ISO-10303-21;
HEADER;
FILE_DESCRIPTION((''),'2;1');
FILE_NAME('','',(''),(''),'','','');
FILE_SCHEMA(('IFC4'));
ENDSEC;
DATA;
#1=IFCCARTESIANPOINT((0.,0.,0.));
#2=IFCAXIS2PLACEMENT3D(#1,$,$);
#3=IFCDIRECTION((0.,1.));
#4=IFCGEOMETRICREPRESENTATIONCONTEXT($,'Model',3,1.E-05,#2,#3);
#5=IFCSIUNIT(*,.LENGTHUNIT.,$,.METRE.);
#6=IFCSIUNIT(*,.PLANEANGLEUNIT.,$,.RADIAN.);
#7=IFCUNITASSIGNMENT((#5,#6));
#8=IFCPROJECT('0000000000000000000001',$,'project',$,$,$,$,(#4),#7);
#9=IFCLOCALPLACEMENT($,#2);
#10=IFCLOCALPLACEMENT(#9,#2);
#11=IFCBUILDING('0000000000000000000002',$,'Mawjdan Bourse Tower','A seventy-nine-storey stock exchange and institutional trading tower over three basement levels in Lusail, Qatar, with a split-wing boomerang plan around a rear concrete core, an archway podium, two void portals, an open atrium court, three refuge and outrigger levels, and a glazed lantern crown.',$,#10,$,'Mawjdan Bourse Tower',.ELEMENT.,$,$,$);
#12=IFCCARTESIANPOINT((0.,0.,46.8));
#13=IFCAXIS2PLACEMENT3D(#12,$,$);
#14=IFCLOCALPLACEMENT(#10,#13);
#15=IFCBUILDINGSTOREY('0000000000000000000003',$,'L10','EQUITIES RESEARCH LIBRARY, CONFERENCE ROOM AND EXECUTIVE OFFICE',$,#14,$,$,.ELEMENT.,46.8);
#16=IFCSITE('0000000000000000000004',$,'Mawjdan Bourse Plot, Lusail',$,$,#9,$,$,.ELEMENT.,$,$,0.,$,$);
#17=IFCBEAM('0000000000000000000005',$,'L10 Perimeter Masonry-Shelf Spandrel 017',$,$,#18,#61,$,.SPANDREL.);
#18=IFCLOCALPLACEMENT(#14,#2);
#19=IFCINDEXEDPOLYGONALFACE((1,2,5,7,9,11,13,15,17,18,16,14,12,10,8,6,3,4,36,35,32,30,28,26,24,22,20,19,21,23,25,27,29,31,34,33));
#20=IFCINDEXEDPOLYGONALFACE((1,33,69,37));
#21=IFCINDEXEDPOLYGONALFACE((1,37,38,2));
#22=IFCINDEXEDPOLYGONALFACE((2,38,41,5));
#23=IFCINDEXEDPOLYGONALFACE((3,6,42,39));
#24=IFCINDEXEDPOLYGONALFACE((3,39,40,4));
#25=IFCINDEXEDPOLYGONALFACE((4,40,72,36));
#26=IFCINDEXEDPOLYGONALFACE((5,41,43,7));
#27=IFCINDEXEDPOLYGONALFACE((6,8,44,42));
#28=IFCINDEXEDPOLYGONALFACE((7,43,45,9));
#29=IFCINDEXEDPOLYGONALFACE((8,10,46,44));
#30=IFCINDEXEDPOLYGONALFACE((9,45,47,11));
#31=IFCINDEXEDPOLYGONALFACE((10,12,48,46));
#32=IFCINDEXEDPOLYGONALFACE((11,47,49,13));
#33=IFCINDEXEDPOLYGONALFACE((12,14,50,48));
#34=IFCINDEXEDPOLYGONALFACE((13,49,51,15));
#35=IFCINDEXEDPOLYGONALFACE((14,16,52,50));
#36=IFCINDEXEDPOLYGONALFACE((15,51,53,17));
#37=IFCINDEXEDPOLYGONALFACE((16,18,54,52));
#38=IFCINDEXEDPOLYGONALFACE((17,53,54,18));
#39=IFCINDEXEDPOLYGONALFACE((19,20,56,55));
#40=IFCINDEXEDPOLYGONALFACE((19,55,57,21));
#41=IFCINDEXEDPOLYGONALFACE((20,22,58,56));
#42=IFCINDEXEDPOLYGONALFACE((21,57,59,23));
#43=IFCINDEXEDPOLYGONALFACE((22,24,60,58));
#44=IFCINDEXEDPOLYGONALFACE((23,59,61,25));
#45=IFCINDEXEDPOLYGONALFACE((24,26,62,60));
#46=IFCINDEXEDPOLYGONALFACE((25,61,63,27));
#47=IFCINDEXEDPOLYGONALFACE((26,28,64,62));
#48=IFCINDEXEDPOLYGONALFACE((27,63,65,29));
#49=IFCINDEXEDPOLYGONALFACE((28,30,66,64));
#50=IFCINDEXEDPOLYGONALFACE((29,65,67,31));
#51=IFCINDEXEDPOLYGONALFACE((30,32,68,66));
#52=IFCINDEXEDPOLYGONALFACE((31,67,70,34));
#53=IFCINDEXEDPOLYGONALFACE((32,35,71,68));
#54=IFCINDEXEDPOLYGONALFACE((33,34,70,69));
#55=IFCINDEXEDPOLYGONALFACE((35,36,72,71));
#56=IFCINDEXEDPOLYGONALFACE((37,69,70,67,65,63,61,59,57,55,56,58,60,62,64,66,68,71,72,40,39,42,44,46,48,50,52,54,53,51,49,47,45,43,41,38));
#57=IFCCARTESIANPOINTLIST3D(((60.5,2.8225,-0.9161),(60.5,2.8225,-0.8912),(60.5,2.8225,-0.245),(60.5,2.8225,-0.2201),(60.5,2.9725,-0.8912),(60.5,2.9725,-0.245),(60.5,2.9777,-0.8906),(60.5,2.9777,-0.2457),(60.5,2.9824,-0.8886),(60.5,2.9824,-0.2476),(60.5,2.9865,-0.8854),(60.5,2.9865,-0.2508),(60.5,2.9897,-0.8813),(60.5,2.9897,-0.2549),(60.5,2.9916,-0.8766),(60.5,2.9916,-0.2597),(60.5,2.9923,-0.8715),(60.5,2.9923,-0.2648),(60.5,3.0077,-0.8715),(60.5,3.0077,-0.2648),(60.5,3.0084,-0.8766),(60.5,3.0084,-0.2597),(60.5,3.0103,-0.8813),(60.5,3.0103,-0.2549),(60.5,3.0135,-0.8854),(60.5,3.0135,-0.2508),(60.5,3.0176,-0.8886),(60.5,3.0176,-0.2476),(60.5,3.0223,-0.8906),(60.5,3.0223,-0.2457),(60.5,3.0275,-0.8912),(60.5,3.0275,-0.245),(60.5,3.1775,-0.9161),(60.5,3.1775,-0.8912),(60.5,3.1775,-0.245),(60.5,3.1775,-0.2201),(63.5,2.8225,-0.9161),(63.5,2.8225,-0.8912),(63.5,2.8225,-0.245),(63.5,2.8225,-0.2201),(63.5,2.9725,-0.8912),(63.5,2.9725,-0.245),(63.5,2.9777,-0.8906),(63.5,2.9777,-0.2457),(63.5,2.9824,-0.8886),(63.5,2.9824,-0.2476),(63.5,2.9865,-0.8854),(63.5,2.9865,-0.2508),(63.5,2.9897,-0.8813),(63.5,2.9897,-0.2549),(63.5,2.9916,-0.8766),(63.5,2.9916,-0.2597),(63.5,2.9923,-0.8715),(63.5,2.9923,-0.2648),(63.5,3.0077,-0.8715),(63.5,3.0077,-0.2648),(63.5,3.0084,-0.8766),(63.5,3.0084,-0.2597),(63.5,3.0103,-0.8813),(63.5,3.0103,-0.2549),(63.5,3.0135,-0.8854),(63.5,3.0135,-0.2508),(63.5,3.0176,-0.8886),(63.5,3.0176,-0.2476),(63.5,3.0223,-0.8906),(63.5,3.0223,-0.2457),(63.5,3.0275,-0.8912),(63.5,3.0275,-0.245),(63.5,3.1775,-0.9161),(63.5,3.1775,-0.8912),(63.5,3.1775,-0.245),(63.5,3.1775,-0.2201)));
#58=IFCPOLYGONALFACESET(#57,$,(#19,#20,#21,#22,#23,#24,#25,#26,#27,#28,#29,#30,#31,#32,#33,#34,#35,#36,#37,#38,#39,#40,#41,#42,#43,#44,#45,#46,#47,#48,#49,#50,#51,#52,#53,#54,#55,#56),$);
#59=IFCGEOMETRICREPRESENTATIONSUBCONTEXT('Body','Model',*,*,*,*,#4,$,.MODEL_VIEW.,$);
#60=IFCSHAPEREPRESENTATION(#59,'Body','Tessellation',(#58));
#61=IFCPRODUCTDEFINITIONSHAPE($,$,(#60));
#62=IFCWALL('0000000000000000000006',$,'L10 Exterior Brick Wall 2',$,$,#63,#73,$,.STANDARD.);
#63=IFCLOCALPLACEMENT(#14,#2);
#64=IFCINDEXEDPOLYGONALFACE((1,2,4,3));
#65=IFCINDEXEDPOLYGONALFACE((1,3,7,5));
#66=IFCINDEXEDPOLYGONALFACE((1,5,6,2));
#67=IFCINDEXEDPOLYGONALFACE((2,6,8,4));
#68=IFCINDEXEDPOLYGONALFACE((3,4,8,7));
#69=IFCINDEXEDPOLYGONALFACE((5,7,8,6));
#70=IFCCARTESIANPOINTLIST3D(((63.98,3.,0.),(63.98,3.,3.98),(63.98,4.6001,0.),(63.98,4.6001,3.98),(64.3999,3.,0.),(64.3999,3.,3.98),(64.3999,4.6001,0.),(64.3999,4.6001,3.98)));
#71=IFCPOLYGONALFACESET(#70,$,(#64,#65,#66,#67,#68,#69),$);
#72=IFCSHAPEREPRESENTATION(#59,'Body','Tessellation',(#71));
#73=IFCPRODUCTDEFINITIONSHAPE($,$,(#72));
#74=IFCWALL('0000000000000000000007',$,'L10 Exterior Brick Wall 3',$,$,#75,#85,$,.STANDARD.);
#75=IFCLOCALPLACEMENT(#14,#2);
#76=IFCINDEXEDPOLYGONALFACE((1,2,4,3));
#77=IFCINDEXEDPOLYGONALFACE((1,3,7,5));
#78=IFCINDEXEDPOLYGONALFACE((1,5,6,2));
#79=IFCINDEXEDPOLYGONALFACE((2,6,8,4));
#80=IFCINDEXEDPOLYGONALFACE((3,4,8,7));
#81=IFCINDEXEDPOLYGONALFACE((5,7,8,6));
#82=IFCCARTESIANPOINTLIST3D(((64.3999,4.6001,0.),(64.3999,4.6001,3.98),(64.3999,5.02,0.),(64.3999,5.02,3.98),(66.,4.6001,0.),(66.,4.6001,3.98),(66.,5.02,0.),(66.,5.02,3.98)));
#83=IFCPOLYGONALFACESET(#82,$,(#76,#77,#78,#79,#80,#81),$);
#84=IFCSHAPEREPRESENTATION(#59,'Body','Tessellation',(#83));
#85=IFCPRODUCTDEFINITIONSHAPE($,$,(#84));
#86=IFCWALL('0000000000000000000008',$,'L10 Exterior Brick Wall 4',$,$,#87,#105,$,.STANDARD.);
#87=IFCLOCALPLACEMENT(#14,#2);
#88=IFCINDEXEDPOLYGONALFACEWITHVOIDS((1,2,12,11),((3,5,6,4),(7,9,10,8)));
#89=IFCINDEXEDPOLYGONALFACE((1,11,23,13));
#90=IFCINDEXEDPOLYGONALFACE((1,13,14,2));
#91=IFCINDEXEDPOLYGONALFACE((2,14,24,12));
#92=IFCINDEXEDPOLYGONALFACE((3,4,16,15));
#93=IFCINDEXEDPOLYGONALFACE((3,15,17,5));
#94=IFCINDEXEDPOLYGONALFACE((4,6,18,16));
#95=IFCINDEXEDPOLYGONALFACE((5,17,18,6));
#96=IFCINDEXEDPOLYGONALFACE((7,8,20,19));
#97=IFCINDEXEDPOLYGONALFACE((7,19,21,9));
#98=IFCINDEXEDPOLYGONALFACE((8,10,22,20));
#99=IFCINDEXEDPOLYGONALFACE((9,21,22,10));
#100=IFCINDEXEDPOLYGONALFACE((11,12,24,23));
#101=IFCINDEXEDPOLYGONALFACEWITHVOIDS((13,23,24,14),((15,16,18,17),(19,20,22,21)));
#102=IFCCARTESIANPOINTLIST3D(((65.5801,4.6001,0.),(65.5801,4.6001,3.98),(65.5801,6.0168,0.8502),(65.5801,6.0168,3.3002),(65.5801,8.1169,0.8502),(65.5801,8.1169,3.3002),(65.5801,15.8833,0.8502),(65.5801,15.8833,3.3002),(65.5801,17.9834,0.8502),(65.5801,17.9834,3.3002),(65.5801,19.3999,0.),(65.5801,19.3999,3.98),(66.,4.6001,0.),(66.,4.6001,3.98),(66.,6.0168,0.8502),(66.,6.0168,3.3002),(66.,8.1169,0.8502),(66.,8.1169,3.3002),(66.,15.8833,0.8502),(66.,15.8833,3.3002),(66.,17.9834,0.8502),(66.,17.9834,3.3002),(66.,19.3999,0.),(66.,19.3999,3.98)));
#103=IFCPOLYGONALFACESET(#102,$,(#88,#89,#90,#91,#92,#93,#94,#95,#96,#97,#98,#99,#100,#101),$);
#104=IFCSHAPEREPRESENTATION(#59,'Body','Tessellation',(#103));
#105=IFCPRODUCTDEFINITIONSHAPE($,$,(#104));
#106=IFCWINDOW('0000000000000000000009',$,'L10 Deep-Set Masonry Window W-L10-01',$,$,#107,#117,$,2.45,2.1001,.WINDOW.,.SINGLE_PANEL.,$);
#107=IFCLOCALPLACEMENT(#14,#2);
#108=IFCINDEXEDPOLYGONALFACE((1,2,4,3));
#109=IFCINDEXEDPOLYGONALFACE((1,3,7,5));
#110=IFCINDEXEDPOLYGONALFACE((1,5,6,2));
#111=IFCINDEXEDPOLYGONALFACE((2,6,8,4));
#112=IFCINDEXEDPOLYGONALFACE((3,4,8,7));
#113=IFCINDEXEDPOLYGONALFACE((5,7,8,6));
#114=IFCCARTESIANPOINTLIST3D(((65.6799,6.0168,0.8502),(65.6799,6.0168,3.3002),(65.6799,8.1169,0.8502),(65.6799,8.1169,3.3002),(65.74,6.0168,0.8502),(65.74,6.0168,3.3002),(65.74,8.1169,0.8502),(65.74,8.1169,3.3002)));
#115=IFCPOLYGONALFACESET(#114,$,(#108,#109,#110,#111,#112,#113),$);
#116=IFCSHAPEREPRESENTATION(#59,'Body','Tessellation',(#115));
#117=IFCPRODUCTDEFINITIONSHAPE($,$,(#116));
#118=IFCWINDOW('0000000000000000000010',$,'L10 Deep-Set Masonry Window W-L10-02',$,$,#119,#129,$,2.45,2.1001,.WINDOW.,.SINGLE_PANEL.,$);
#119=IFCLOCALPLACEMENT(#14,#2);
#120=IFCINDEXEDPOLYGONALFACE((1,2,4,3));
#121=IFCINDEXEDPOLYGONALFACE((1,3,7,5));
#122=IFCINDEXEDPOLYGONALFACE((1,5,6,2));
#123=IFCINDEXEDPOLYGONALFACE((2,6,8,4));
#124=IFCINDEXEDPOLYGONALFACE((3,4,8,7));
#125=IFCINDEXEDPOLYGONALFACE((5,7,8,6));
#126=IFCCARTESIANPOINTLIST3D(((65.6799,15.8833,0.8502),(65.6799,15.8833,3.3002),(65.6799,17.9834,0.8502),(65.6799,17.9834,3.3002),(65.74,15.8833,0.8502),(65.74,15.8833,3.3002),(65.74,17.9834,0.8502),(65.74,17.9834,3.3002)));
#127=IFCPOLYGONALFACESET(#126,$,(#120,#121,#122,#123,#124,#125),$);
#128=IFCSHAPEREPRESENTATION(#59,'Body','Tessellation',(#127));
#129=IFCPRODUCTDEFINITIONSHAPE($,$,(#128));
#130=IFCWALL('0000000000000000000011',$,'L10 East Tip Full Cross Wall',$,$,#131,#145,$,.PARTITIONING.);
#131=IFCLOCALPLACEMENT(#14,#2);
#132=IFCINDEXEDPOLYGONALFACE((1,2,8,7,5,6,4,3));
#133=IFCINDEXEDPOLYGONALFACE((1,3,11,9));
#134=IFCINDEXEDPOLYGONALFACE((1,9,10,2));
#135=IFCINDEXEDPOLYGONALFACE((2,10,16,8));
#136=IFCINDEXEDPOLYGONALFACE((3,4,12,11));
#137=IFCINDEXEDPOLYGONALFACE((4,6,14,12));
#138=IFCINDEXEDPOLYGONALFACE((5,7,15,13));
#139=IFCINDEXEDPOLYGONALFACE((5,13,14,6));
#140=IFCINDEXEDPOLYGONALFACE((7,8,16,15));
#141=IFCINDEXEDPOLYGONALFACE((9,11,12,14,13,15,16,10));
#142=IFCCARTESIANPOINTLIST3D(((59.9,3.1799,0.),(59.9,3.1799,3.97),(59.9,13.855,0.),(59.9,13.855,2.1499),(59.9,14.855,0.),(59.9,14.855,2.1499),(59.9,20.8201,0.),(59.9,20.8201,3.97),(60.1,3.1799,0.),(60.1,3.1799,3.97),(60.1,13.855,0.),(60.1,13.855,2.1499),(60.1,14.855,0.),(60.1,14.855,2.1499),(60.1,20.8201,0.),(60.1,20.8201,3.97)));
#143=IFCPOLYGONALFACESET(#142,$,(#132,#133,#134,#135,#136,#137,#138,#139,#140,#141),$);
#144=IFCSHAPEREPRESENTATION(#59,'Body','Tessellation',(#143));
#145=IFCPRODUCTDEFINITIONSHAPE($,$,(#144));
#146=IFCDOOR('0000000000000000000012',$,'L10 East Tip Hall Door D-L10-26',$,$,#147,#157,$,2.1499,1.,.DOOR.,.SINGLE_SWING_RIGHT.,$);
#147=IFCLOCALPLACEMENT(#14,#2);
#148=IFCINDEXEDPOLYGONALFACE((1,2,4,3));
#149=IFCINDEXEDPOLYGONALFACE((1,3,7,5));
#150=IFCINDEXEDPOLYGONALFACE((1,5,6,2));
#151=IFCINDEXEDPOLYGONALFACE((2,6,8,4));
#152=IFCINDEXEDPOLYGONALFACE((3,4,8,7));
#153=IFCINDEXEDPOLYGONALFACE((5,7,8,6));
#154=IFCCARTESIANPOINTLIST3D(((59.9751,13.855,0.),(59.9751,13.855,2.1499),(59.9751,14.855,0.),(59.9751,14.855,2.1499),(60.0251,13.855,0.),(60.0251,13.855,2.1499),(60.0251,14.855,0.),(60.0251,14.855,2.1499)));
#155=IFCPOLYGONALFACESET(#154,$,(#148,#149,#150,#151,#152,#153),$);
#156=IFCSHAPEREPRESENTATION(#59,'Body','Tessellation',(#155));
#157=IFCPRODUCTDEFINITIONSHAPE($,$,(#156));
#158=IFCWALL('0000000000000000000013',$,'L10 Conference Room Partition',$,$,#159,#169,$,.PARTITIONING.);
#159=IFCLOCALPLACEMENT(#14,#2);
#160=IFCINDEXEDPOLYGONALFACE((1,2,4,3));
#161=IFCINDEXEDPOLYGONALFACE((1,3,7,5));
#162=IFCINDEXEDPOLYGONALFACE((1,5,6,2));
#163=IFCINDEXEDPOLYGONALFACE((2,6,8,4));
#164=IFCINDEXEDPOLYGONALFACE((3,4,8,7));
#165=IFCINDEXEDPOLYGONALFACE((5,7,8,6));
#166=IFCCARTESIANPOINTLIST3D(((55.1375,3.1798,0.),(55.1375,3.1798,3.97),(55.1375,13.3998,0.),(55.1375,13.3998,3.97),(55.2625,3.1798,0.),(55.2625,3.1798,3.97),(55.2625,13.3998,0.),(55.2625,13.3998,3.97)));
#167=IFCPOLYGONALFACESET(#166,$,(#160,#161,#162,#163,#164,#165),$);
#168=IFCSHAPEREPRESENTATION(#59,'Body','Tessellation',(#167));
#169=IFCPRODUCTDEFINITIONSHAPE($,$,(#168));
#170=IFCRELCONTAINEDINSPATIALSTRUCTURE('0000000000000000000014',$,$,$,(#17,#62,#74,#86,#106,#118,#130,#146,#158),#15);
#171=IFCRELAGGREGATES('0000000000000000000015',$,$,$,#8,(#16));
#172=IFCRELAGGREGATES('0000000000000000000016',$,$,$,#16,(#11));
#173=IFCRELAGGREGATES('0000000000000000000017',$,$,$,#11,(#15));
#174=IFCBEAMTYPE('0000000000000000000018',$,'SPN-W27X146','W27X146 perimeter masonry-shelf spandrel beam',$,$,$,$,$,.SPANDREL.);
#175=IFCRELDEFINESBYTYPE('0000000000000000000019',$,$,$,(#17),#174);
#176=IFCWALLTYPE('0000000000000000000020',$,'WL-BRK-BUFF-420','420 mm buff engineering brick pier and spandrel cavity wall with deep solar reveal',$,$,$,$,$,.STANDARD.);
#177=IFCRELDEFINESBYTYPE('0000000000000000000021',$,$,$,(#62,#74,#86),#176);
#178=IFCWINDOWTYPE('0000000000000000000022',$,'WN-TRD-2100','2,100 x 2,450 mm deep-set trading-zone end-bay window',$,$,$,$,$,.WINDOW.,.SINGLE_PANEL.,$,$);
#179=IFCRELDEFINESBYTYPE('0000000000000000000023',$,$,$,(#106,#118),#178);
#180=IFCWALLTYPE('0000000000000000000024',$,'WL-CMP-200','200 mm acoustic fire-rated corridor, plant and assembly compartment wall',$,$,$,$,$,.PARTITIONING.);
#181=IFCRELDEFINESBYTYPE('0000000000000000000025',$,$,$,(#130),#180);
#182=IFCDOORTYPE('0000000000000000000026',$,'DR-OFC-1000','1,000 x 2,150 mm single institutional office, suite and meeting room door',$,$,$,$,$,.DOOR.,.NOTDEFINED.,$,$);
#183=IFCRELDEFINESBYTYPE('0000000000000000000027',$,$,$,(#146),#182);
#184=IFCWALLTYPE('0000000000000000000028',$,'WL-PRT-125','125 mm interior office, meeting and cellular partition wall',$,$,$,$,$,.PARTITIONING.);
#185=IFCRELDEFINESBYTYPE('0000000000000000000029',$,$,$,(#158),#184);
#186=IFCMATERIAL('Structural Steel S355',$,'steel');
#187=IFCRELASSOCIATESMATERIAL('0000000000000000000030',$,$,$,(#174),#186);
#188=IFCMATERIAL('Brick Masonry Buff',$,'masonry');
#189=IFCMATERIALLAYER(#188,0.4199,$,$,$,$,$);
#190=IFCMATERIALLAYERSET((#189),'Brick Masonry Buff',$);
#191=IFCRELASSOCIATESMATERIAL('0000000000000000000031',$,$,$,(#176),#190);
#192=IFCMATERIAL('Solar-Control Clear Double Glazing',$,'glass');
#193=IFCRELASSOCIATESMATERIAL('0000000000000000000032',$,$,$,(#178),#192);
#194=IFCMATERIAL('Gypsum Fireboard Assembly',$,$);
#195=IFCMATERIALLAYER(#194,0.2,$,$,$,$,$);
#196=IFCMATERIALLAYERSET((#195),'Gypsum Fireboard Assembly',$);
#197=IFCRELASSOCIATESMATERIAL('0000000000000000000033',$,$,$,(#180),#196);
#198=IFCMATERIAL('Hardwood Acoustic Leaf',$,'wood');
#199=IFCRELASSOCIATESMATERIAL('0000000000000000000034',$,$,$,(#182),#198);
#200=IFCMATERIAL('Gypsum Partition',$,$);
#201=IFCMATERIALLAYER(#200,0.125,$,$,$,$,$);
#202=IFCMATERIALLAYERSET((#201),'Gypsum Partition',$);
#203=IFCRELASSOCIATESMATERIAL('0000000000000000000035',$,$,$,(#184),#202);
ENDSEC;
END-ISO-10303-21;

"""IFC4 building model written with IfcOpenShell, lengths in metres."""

from ifc_helpers import new_model, si_unit, direction, frame, frame_2d, origin, origin_2d, place, context, subcontext, project, spatial, rectangle, i_section, extrude, material, layer, layer_set, material_profile, profile_set, type_object, element, fill, save


model = new_model("IFC4")

# Units and contexts
model_context = context("Model", 3, precision=1e-05, world=origin(), true_north=direction((0.0, 1.0)))
body_context = subcontext(model_context, "Body", "Model", "MODEL_VIEW")
ifc_project = project(units=[si_unit("LENGTHUNIT", "METRE"), si_unit("PLANEANGLEUNIT", "RADIAN")], contexts=[model_context])

# Site, building, storey
site_placement = place(None, origin())
site = spatial("IfcSite", under=ifc_project, at=site_placement, Name="Mawjdan Bourse Plot, Lusail", CompositionType="ELEMENT", RefElevation=0.0)
building_placement = place(site_placement, origin())
building = spatial("IfcBuilding", under=site, at=building_placement, Name="Mawjdan Bourse Tower", Description="A seventy-nine-storey stock exchange and institutional trading tower over three basement levels in Lusail, Qatar, with a split-wing boomerang plan around a rear concrete core, an archway podium, two void portals, an open atrium court, three refuge and outrigger levels, and a glazed lantern crown.", LongName="Mawjdan Bourse Tower", CompositionType="ELEMENT")
storey_placement = place(building_placement, frame((0.0, 0.0, 46.8)))
storey = spatial("IfcBuildingStorey", under=building, at=storey_placement, Name="L10", Description="EQUITIES RESEARCH LIBRARY, CONFERENCE ROOM AND EXECUTIVE OFFICE", CompositionType="ELEMENT", Elevation=46.8)

# Beam
ifc_material_1 = material(Name="Structural Steel S355", Category="steel")
ifc_material_profile_1 = material_profile(ifc_material_1, i_section(OverallWidth=0.355, OverallDepth=0.696, WebThickness=0.0154, FlangeThickness=0.0249, FilletRadius=0.0198, at=origin_2d()), Name="W27X146")
ifc_profile_set_1 = profile_set([ifc_material_profile_1], Name="Structural Steel S355")
beam_type_1 = type_object("IfcBeamType", Name="SPN-W27X146", Description="W27X146 perimeter masonry-shelf spandrel beam", PredefinedType="SPANDREL", material=ifc_profile_set_1)
beam_1_placement = place(storey_placement, frame((60.5, 3.0, -0.5681), z_axis=(1.0, 0.0, 0.0), x_axis=(0.0, 1.0, 0.0)))
element("IfcBeam", 1, at=beam_1_placement, inside=storey, type_object=beam_type_1, Name="L10 Perimeter Masonry-Shelf Spandrel 017", PredefinedType="SPANDREL", context=body_context, shape_type="SweptSolid", body=[
    extrude(i_section(OverallWidth=0.355, OverallDepth=0.696, WebThickness=0.0154, FlangeThickness=0.0249, FilletRadius=0.0198, at=origin_2d()), origin(), (0.0, 0.0, 1.0), 3.0),
])

# Walls
ifc_material_2 = material(Name="Brick Masonry Buff", Category="masonry")
ifc_layer_1 = layer(ifc_material_2, 0.4199)
ifc_layer_set_1 = layer_set([ifc_layer_1], Name="Brick Masonry Buff")
wall_type_1 = type_object("IfcWallType", Name="WL-BRK-BUFF-420", Description="420 mm buff engineering brick pier and spandrel cavity wall with deep solar reveal", PredefinedType="STANDARD", material=ifc_layer_set_1)
for number, where, z_axis, x_axis, name in (
    (2, (64.1899, 3.0, 0.0), (0.0, 0.0, 1.0), (0.0, 1.0, 0.0), "L10 Exterior Brick Wall 2"),
    (3, (64.3999, 4.8101, 0.0), (0.0, 0.0, 1.0), (1.0, 0.0, 0.0), "L10 Exterior Brick Wall 3"),
):
    element("IfcWall", number, at=place(storey_placement, frame(where, z_axis=z_axis, x_axis=x_axis)), inside=storey, type_object=wall_type_1, Name=name, PredefinedType="STANDARD", context=body_context, shape_type="SweptSolid", body=[
        extrude(rectangle(XDim=1.6001, YDim=0.4199, at=frame_2d((0.8, 0.0))), origin(), (0.0, 0.0, 1.0), 3.98),
    ])

# Wall, openings, windows
wall_1_placement = place(storey_placement, frame((65.79, 4.6001, 0.0), z_axis=(0.0, 0.0, 1.0), x_axis=(0.0, 1.0, 0.0)))
wall_1 = element("IfcWall", 4, at=wall_1_placement, inside=storey, type_object=wall_type_1, Name="L10 Exterior Brick Wall 4", PredefinedType="STANDARD", context=body_context, shape_type="SweptSolid", body=[
    extrude(rectangle(XDim=14.7998, YDim=0.4199, at=frame_2d((7.3999, 0.0))), origin(), (0.0, 0.0, 1.0), 3.98),
])
opening_1_placement = place(wall_1_placement, frame((1.4167, 0.0, 0.8501)))
opening_1 = element("IfcOpeningElement", 5, at=opening_1_placement, cuts=wall_1, PredefinedType="OPENING", context=body_context, shape_type="SweptSolid", body=[
    extrude(rectangle(XDim=2.1001, YDim=2.45, at=frame_2d((1.05, 1.2251))), frame((0.0, 0.22, 0.0), z_axis=(0.0, -1.0, 0.0), x_axis=(1.0, 0.0, 0.0)), (0.0, 0.0, 1.0), 0.4399),
])
opening_2_placement = place(wall_1_placement, frame((11.2832, 0.0, 0.8501)))
opening_2 = element("IfcOpeningElement", 6, at=opening_2_placement, cuts=wall_1, PredefinedType="OPENING", context=body_context, shape_type="SweptSolid", body=[
    extrude(rectangle(XDim=2.1001, YDim=2.45, at=frame_2d((1.05, 1.2251))), frame((0.0, 0.22, 0.0), z_axis=(0.0, -1.0, 0.0), x_axis=(1.0, 0.0, 0.0)), (0.0, 0.0, 1.0), 0.4399),
])
ifc_material_3 = material(Name="Solar-Control Clear Double Glazing", Category="glass")
window_type = type_object("IfcWindowType", Name="WN-TRD-2100", Description="2,100 x 2,450 mm deep-set trading-zone end-bay window", PartitioningType="SINGLE_PANEL", PredefinedType="WINDOW", material=ifc_material_3)
window_1_placement = place(opening_1_placement, origin())
window_1 = element("IfcWindow", 7, at=window_1_placement, inside=storey, type_object=window_type, Name="L10 Deep-Set Masonry Window W-L10-01", OverallHeight=2.45, OverallWidth=2.1001, PartitioningType="SINGLE_PANEL", PredefinedType="WINDOW", context=body_context, shape_type="SweptSolid", body=[
    extrude(rectangle(XDim=2.1001, YDim=2.45, at=frame_2d((1.05, 1.2251))), frame((0.0, 0.1101, 0.0), z_axis=(0.0, -1.0, 0.0), x_axis=(1.0, 0.0, 0.0)), (0.0, 0.0, 1.0), 0.0601),
])
fill(opening_1, window_1)
window_2_placement = place(opening_2_placement, origin())
window_2 = element("IfcWindow", 8, at=window_2_placement, inside=storey, type_object=window_type, Name="L10 Deep-Set Masonry Window W-L10-02", OverallHeight=2.45, OverallWidth=2.1001, PartitioningType="SINGLE_PANEL", PredefinedType="WINDOW", context=body_context, shape_type="SweptSolid", body=[
    extrude(rectangle(XDim=2.1001, YDim=2.45, at=frame_2d((1.05, 1.2251))), frame((0.0, 0.1101, 0.0), z_axis=(0.0, -1.0, 0.0), x_axis=(1.0, 0.0, 0.0)), (0.0, 0.0, 1.0), 0.0601),
])
fill(opening_2, window_2)

# Wall, opening, door
ifc_material_4 = material(Name="Gypsum Fireboard Assembly")
ifc_layer_2 = layer(ifc_material_4, 0.2)
ifc_layer_set_2 = layer_set([ifc_layer_2], Name="Gypsum Fireboard Assembly")
wall_type_2 = type_object("IfcWallType", Name="WL-CMP-200", Description="200 mm acoustic fire-rated corridor, plant and assembly compartment wall", PredefinedType="PARTITIONING", material=ifc_layer_set_2)
wall_2_placement = place(storey_placement, frame((60.0, 3.1799, 0.0), z_axis=(0.0, 0.0, 1.0), x_axis=(0.0, 1.0, 0.0)))
wall_2 = element("IfcWall", 9, at=wall_2_placement, inside=storey, type_object=wall_type_2, Name="L10 East Tip Full Cross Wall", PredefinedType="PARTITIONING", context=body_context, shape_type="SweptSolid", body=[
    extrude(rectangle(XDim=17.6401, YDim=0.2, at=frame_2d((8.8201, 0.0))), origin(), (0.0, 0.0, 1.0), 3.97),
])
opening_3_placement = place(wall_2_placement, frame((10.675, 0.0, 0.0)))
opening_3 = element("IfcOpeningElement", 10, at=opening_3_placement, cuts=wall_2, PredefinedType="OPENING", context=body_context, shape_type="SweptSolid", body=[
    extrude(rectangle(XDim=1.0, YDim=2.1499, at=frame_2d((0.5, 1.075))), frame((0.0, 0.1099, 0.0), z_axis=(0.0, -1.0, 0.0), x_axis=(1.0, 0.0, 0.0)), (0.0, 0.0, 1.0), 0.22),
])
ifc_material_5 = material(Name="Hardwood Acoustic Leaf", Category="wood")
door_type = type_object("IfcDoorType", Name="DR-OFC-1000", Description="1,000 x 2,150 mm single institutional office, suite and meeting room door", OperationType="NOTDEFINED", PredefinedType="DOOR", material=ifc_material_5)
door_placement = place(opening_3_placement, origin())
door = element("IfcDoor", 11, at=door_placement, inside=storey, type_object=door_type, Name="L10 East Tip Hall Door D-L10-26", OperationType="SINGLE_SWING_RIGHT", OverallHeight=2.1499, OverallWidth=1.0, PredefinedType="DOOR", context=body_context, shape_type="SweptSolid", body=[
    extrude(rectangle(XDim=1.0, YDim=2.1499, at=frame_2d((0.5, 1.075))), frame((0.0, 0.0249, 0.0), z_axis=(0.0, -1.0, 0.0), x_axis=(1.0, 0.0, 0.0)), (0.0, 0.0, 1.0), 0.05),
])
fill(opening_3, door)

# Wall
ifc_material_6 = material(Name="Gypsum Partition")
ifc_layer_3 = layer(ifc_material_6, 0.125)
ifc_layer_set_3 = layer_set([ifc_layer_3], Name="Gypsum Partition")
wall_type_3 = type_object("IfcWallType", Name="WL-PRT-125", Description="125 mm interior office, meeting and cellular partition wall", PredefinedType="PARTITIONING", material=ifc_layer_set_3)
wall_3_placement = place(storey_placement, frame((55.2, 3.1799, 0.0), z_axis=(0.0, 0.0, 1.0), x_axis=(0.0, 1.0, 0.0)))
element("IfcWall", 12, at=wall_3_placement, inside=storey, type_object=wall_type_3, Name="L10 Conference Room Partition", PredefinedType="PARTITIONING", context=body_context, shape_type="SweptSolid", body=[
    extrude(rectangle(XDim=10.22, YDim=0.125, at=frame_2d((5.1099, 0.0))), origin(), (0.0, 0.0, 1.0), 3.97),
])

save(model, "model.ifc")
